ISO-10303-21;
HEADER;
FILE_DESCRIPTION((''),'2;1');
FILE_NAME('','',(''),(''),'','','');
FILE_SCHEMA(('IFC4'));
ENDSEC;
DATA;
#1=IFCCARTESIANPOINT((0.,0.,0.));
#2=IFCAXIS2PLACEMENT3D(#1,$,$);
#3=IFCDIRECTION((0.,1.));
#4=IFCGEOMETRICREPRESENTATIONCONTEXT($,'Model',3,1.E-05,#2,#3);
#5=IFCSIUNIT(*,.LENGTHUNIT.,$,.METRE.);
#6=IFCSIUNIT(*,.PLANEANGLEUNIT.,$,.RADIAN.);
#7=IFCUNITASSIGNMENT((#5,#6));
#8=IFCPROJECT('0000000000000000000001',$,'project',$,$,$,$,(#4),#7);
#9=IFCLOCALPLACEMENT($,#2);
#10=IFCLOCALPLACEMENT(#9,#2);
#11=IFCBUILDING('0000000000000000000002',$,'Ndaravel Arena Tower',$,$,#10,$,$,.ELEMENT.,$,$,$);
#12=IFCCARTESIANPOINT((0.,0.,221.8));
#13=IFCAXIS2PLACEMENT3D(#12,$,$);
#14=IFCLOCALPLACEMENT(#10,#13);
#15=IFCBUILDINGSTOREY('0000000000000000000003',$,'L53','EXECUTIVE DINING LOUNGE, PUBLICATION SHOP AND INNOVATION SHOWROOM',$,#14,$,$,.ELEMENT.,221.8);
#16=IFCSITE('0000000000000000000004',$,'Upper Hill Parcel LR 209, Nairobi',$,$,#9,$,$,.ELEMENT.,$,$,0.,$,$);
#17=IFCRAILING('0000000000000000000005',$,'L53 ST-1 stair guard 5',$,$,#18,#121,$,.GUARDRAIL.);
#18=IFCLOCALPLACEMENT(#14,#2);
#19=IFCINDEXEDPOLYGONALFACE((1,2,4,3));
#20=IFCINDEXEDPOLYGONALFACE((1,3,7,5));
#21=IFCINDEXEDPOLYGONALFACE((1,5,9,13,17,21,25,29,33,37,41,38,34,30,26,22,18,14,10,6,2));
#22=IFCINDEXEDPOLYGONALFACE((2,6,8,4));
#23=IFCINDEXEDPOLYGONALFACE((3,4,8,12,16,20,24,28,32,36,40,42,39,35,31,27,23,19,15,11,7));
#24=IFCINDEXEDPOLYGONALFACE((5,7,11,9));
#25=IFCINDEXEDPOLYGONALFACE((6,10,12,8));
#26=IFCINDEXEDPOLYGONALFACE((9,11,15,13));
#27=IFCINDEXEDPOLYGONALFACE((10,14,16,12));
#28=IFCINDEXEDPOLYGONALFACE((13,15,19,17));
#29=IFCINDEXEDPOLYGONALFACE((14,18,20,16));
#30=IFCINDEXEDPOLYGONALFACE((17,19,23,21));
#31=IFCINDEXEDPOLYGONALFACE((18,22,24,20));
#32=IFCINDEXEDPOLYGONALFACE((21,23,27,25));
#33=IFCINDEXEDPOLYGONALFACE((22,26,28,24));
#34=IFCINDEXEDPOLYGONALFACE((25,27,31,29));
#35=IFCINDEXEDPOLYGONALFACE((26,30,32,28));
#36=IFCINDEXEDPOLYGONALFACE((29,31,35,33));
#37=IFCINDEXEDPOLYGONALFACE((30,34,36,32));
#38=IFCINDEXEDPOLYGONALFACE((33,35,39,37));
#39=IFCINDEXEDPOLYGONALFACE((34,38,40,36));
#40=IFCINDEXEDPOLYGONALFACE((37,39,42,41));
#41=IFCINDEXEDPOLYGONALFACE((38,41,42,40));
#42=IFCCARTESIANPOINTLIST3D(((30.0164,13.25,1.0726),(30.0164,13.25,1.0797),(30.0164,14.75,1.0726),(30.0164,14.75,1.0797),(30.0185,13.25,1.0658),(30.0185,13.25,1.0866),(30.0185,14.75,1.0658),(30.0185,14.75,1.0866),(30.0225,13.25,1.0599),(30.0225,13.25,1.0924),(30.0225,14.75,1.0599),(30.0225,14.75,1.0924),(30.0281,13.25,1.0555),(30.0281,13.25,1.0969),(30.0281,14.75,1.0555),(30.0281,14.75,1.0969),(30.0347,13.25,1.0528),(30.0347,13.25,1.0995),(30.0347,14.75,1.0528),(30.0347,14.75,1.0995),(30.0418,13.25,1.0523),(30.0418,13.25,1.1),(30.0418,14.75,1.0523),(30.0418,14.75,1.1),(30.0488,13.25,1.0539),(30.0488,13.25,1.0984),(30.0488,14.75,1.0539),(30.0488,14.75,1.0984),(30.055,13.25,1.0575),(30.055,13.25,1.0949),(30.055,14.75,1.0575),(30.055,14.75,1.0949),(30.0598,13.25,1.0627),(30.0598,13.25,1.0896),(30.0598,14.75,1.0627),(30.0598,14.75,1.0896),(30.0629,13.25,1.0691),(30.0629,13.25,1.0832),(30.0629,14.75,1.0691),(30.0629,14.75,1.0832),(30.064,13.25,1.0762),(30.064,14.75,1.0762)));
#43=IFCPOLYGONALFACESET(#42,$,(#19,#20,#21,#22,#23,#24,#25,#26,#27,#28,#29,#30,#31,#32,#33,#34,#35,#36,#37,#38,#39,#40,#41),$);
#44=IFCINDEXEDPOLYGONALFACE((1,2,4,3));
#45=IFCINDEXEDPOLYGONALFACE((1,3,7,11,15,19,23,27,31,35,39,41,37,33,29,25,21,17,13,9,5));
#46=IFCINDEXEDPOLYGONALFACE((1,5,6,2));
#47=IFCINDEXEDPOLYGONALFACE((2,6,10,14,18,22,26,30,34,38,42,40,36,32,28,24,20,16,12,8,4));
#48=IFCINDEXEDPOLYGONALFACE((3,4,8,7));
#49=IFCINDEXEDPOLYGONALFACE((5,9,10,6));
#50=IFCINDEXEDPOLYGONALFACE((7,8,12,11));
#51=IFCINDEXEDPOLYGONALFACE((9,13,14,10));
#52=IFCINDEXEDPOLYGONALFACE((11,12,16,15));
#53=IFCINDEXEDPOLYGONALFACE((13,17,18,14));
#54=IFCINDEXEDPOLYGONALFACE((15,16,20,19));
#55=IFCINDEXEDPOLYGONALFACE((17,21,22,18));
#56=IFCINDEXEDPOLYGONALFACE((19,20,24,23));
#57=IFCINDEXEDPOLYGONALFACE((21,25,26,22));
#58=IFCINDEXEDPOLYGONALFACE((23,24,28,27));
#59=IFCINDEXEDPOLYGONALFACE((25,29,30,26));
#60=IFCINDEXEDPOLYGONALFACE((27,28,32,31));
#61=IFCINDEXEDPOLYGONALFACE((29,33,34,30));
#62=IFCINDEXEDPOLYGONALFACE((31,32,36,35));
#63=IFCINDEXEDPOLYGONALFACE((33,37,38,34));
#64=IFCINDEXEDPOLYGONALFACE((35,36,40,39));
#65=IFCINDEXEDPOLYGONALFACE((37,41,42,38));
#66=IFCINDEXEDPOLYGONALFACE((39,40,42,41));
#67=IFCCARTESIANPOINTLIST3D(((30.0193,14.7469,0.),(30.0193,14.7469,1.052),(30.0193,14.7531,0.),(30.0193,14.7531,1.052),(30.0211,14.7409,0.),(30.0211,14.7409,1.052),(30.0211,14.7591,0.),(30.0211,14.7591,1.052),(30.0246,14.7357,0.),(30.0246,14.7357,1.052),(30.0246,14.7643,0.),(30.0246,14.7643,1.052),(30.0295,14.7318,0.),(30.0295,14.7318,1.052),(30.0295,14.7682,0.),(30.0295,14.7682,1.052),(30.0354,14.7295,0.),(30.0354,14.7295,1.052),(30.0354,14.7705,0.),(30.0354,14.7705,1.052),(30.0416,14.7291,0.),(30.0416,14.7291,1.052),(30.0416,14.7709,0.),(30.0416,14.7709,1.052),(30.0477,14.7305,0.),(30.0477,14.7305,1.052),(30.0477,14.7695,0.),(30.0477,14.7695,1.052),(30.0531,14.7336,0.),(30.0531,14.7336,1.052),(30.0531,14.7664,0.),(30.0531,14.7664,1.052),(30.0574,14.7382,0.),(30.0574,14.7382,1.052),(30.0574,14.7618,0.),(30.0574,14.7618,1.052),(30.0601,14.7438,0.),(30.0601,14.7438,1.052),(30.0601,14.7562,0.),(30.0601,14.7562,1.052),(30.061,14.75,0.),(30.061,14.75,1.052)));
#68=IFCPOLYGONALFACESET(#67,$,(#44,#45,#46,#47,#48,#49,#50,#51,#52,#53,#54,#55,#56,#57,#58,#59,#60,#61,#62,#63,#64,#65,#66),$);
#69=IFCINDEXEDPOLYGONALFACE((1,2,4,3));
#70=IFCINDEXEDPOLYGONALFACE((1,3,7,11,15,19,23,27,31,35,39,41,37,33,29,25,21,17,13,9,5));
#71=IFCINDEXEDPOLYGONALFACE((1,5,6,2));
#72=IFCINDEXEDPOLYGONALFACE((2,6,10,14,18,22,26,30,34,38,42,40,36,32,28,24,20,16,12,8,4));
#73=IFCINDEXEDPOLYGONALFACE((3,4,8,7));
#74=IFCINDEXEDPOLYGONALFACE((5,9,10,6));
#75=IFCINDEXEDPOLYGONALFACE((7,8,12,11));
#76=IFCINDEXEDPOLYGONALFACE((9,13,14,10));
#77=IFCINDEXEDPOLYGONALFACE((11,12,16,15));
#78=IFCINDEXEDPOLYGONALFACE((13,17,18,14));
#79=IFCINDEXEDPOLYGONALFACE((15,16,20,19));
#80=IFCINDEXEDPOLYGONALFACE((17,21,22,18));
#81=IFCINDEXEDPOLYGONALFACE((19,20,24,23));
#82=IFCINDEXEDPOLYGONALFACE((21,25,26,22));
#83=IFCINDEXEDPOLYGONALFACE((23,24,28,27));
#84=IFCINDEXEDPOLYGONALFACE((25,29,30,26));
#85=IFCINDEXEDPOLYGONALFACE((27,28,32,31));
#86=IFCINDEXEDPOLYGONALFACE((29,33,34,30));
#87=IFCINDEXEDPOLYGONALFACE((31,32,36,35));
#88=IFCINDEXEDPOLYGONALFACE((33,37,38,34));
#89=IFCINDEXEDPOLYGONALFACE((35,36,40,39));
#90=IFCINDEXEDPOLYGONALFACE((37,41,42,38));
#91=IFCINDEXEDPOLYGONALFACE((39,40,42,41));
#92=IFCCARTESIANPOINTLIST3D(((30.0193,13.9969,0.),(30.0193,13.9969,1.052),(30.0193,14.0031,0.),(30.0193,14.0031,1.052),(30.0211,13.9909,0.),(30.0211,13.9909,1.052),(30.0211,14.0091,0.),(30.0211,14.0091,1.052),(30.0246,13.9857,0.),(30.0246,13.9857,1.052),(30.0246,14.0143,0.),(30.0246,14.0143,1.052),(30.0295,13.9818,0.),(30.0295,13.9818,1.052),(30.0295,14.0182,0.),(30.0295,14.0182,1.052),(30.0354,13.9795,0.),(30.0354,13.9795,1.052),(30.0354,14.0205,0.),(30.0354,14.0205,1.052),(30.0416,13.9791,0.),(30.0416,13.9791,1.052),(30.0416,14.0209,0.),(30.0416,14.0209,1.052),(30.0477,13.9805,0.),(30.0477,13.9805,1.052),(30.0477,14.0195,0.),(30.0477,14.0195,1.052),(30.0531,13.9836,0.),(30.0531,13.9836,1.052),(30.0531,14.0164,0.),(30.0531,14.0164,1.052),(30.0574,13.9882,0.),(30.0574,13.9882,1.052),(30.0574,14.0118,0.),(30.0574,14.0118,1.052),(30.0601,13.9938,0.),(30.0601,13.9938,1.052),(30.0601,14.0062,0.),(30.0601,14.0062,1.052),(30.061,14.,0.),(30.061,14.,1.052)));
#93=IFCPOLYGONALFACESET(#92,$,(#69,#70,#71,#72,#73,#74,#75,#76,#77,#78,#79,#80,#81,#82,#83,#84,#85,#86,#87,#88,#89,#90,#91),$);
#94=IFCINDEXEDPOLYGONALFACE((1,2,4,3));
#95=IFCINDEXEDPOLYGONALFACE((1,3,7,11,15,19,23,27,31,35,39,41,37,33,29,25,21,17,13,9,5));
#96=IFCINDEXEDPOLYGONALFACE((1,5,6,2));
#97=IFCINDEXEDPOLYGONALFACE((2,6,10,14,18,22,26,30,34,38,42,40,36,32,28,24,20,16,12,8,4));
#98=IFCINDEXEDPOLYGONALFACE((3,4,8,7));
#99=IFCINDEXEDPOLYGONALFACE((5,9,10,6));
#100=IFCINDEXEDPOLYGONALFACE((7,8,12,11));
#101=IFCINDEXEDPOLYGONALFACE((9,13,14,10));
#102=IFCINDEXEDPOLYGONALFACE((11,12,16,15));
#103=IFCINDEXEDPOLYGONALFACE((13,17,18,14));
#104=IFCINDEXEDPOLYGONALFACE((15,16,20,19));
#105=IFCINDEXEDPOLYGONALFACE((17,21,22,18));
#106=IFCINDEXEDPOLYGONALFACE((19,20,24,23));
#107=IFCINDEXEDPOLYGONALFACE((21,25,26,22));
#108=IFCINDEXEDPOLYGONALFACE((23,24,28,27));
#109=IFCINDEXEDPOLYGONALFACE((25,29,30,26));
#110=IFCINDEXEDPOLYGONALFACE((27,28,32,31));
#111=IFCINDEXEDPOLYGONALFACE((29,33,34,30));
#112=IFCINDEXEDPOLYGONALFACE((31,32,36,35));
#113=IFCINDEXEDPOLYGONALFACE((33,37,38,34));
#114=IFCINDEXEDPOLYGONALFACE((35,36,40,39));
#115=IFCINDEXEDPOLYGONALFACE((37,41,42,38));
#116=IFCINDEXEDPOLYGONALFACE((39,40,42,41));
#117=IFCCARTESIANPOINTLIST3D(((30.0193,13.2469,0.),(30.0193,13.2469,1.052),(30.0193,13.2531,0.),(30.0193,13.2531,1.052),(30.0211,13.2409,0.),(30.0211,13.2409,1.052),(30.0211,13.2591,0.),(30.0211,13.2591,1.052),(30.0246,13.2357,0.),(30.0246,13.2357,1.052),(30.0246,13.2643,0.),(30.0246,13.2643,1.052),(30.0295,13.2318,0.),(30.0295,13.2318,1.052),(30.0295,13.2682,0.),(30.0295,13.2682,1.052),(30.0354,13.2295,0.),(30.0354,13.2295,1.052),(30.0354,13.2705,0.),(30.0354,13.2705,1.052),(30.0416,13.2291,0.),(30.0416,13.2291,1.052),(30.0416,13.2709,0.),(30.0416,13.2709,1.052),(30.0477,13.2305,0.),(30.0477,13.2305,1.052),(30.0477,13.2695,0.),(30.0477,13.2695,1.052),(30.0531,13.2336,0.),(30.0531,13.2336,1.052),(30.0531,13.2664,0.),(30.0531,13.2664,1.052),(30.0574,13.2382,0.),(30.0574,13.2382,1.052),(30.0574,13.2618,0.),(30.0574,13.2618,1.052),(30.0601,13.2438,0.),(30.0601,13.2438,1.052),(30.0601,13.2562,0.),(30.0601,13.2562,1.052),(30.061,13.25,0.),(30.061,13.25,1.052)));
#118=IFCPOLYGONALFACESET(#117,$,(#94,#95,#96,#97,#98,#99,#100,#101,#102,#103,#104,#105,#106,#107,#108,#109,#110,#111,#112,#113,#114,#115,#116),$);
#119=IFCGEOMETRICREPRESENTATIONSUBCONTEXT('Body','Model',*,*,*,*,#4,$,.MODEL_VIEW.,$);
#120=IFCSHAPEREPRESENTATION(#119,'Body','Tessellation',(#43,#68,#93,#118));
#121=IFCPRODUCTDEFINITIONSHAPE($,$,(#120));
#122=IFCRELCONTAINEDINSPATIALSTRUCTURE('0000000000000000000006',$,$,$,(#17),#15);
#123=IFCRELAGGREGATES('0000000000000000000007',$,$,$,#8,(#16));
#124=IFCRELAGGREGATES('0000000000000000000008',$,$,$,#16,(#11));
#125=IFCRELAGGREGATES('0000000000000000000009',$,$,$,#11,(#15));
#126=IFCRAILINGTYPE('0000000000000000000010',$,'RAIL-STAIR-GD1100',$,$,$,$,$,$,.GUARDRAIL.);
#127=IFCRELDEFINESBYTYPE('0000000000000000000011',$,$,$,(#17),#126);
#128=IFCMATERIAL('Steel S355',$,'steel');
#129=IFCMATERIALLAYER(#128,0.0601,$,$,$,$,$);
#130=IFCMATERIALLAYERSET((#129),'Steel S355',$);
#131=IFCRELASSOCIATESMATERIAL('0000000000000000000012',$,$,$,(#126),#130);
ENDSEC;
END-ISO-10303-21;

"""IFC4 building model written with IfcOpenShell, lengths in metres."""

from ifc_helpers import new_model, si_unit, direction, frame, origin, origin_2d, place, context, subcontext, project, spatial, circle, extrude, material, layer, layer_set, type_object, element, save


model = new_model("IFC4")

# Units and contexts
model_context = context("Model", 3, precision=1e-05, world=origin(), true_north=direction((0.0, 1.0)))
body_context = subcontext(model_context, "Body", "Model", "MODEL_VIEW")
ifc_project = project(units=[si_unit("LENGTHUNIT", "METRE"), si_unit("PLANEANGLEUNIT", "RADIAN")], contexts=[model_context])

# Site, building, storey
site_placement = place(None, origin())
site = spatial("IfcSite", under=ifc_project, at=site_placement, Name="Upper Hill Parcel LR 209, Nairobi", CompositionType="ELEMENT", RefElevation=0.0)
building_placement = place(site_placement, origin())
building = spatial("IfcBuilding", under=site, at=building_placement, Name="Ndaravel Arena Tower", CompositionType="ELEMENT")
storey_placement = place(building_placement, frame((0.0, 0.0, 221.8)))
storey = spatial("IfcBuildingStorey", under=building, at=storey_placement, Name="L53", Description="EXECUTIVE DINING LOUNGE, PUBLICATION SHOP AND INNOVATION SHOWROOM", CompositionType="ELEMENT", Elevation=221.8)

# Railing
ifc_material_1 = material(Name="Steel S355", Category="steel")
ifc_layer_1 = layer(ifc_material_1, 0.0601)
ifc_layer_set_1 = layer_set([ifc_layer_1], Name="Steel S355")
railing_type = type_object("IfcRailingType", Name="RAIL-STAIR-GD1100", PredefinedType="GUARDRAIL", material=ifc_layer_set_1)
railing_placement = place(storey_placement, frame((30.04, 14.75, 0.0)))
element("IfcRailing", 1, at=railing_placement, inside=storey, type_object=railing_type, Name="L53 ST-1 stair guard 5", PredefinedType="GUARDRAIL", context=body_context, shape_type="SweptSolid", body=[
    extrude(circle(Radius=0.0239, at=origin_2d()), frame((0.0, 0.0, 1.0762), z_axis=(0.0, -1.0, 0.0), x_axis=(1.0, 0.0, 0.0)), (0.0, 0.0, 1.0), 1.5),
    extrude(circle(Radius=0.021, at=origin_2d()), origin(), (0.0, 0.0, 1.0), 1.052),
    extrude(circle(Radius=0.021, at=origin_2d()), frame((0.0, -0.75, 0.0)), (0.0, 0.0, 1.0), 1.052),
    extrude(circle(Radius=0.021, at=origin_2d()), frame((0.0, -1.5, 0.0)), (0.0, 0.0, 1.0), 1.052),
])

save(model, "model.ifc")
